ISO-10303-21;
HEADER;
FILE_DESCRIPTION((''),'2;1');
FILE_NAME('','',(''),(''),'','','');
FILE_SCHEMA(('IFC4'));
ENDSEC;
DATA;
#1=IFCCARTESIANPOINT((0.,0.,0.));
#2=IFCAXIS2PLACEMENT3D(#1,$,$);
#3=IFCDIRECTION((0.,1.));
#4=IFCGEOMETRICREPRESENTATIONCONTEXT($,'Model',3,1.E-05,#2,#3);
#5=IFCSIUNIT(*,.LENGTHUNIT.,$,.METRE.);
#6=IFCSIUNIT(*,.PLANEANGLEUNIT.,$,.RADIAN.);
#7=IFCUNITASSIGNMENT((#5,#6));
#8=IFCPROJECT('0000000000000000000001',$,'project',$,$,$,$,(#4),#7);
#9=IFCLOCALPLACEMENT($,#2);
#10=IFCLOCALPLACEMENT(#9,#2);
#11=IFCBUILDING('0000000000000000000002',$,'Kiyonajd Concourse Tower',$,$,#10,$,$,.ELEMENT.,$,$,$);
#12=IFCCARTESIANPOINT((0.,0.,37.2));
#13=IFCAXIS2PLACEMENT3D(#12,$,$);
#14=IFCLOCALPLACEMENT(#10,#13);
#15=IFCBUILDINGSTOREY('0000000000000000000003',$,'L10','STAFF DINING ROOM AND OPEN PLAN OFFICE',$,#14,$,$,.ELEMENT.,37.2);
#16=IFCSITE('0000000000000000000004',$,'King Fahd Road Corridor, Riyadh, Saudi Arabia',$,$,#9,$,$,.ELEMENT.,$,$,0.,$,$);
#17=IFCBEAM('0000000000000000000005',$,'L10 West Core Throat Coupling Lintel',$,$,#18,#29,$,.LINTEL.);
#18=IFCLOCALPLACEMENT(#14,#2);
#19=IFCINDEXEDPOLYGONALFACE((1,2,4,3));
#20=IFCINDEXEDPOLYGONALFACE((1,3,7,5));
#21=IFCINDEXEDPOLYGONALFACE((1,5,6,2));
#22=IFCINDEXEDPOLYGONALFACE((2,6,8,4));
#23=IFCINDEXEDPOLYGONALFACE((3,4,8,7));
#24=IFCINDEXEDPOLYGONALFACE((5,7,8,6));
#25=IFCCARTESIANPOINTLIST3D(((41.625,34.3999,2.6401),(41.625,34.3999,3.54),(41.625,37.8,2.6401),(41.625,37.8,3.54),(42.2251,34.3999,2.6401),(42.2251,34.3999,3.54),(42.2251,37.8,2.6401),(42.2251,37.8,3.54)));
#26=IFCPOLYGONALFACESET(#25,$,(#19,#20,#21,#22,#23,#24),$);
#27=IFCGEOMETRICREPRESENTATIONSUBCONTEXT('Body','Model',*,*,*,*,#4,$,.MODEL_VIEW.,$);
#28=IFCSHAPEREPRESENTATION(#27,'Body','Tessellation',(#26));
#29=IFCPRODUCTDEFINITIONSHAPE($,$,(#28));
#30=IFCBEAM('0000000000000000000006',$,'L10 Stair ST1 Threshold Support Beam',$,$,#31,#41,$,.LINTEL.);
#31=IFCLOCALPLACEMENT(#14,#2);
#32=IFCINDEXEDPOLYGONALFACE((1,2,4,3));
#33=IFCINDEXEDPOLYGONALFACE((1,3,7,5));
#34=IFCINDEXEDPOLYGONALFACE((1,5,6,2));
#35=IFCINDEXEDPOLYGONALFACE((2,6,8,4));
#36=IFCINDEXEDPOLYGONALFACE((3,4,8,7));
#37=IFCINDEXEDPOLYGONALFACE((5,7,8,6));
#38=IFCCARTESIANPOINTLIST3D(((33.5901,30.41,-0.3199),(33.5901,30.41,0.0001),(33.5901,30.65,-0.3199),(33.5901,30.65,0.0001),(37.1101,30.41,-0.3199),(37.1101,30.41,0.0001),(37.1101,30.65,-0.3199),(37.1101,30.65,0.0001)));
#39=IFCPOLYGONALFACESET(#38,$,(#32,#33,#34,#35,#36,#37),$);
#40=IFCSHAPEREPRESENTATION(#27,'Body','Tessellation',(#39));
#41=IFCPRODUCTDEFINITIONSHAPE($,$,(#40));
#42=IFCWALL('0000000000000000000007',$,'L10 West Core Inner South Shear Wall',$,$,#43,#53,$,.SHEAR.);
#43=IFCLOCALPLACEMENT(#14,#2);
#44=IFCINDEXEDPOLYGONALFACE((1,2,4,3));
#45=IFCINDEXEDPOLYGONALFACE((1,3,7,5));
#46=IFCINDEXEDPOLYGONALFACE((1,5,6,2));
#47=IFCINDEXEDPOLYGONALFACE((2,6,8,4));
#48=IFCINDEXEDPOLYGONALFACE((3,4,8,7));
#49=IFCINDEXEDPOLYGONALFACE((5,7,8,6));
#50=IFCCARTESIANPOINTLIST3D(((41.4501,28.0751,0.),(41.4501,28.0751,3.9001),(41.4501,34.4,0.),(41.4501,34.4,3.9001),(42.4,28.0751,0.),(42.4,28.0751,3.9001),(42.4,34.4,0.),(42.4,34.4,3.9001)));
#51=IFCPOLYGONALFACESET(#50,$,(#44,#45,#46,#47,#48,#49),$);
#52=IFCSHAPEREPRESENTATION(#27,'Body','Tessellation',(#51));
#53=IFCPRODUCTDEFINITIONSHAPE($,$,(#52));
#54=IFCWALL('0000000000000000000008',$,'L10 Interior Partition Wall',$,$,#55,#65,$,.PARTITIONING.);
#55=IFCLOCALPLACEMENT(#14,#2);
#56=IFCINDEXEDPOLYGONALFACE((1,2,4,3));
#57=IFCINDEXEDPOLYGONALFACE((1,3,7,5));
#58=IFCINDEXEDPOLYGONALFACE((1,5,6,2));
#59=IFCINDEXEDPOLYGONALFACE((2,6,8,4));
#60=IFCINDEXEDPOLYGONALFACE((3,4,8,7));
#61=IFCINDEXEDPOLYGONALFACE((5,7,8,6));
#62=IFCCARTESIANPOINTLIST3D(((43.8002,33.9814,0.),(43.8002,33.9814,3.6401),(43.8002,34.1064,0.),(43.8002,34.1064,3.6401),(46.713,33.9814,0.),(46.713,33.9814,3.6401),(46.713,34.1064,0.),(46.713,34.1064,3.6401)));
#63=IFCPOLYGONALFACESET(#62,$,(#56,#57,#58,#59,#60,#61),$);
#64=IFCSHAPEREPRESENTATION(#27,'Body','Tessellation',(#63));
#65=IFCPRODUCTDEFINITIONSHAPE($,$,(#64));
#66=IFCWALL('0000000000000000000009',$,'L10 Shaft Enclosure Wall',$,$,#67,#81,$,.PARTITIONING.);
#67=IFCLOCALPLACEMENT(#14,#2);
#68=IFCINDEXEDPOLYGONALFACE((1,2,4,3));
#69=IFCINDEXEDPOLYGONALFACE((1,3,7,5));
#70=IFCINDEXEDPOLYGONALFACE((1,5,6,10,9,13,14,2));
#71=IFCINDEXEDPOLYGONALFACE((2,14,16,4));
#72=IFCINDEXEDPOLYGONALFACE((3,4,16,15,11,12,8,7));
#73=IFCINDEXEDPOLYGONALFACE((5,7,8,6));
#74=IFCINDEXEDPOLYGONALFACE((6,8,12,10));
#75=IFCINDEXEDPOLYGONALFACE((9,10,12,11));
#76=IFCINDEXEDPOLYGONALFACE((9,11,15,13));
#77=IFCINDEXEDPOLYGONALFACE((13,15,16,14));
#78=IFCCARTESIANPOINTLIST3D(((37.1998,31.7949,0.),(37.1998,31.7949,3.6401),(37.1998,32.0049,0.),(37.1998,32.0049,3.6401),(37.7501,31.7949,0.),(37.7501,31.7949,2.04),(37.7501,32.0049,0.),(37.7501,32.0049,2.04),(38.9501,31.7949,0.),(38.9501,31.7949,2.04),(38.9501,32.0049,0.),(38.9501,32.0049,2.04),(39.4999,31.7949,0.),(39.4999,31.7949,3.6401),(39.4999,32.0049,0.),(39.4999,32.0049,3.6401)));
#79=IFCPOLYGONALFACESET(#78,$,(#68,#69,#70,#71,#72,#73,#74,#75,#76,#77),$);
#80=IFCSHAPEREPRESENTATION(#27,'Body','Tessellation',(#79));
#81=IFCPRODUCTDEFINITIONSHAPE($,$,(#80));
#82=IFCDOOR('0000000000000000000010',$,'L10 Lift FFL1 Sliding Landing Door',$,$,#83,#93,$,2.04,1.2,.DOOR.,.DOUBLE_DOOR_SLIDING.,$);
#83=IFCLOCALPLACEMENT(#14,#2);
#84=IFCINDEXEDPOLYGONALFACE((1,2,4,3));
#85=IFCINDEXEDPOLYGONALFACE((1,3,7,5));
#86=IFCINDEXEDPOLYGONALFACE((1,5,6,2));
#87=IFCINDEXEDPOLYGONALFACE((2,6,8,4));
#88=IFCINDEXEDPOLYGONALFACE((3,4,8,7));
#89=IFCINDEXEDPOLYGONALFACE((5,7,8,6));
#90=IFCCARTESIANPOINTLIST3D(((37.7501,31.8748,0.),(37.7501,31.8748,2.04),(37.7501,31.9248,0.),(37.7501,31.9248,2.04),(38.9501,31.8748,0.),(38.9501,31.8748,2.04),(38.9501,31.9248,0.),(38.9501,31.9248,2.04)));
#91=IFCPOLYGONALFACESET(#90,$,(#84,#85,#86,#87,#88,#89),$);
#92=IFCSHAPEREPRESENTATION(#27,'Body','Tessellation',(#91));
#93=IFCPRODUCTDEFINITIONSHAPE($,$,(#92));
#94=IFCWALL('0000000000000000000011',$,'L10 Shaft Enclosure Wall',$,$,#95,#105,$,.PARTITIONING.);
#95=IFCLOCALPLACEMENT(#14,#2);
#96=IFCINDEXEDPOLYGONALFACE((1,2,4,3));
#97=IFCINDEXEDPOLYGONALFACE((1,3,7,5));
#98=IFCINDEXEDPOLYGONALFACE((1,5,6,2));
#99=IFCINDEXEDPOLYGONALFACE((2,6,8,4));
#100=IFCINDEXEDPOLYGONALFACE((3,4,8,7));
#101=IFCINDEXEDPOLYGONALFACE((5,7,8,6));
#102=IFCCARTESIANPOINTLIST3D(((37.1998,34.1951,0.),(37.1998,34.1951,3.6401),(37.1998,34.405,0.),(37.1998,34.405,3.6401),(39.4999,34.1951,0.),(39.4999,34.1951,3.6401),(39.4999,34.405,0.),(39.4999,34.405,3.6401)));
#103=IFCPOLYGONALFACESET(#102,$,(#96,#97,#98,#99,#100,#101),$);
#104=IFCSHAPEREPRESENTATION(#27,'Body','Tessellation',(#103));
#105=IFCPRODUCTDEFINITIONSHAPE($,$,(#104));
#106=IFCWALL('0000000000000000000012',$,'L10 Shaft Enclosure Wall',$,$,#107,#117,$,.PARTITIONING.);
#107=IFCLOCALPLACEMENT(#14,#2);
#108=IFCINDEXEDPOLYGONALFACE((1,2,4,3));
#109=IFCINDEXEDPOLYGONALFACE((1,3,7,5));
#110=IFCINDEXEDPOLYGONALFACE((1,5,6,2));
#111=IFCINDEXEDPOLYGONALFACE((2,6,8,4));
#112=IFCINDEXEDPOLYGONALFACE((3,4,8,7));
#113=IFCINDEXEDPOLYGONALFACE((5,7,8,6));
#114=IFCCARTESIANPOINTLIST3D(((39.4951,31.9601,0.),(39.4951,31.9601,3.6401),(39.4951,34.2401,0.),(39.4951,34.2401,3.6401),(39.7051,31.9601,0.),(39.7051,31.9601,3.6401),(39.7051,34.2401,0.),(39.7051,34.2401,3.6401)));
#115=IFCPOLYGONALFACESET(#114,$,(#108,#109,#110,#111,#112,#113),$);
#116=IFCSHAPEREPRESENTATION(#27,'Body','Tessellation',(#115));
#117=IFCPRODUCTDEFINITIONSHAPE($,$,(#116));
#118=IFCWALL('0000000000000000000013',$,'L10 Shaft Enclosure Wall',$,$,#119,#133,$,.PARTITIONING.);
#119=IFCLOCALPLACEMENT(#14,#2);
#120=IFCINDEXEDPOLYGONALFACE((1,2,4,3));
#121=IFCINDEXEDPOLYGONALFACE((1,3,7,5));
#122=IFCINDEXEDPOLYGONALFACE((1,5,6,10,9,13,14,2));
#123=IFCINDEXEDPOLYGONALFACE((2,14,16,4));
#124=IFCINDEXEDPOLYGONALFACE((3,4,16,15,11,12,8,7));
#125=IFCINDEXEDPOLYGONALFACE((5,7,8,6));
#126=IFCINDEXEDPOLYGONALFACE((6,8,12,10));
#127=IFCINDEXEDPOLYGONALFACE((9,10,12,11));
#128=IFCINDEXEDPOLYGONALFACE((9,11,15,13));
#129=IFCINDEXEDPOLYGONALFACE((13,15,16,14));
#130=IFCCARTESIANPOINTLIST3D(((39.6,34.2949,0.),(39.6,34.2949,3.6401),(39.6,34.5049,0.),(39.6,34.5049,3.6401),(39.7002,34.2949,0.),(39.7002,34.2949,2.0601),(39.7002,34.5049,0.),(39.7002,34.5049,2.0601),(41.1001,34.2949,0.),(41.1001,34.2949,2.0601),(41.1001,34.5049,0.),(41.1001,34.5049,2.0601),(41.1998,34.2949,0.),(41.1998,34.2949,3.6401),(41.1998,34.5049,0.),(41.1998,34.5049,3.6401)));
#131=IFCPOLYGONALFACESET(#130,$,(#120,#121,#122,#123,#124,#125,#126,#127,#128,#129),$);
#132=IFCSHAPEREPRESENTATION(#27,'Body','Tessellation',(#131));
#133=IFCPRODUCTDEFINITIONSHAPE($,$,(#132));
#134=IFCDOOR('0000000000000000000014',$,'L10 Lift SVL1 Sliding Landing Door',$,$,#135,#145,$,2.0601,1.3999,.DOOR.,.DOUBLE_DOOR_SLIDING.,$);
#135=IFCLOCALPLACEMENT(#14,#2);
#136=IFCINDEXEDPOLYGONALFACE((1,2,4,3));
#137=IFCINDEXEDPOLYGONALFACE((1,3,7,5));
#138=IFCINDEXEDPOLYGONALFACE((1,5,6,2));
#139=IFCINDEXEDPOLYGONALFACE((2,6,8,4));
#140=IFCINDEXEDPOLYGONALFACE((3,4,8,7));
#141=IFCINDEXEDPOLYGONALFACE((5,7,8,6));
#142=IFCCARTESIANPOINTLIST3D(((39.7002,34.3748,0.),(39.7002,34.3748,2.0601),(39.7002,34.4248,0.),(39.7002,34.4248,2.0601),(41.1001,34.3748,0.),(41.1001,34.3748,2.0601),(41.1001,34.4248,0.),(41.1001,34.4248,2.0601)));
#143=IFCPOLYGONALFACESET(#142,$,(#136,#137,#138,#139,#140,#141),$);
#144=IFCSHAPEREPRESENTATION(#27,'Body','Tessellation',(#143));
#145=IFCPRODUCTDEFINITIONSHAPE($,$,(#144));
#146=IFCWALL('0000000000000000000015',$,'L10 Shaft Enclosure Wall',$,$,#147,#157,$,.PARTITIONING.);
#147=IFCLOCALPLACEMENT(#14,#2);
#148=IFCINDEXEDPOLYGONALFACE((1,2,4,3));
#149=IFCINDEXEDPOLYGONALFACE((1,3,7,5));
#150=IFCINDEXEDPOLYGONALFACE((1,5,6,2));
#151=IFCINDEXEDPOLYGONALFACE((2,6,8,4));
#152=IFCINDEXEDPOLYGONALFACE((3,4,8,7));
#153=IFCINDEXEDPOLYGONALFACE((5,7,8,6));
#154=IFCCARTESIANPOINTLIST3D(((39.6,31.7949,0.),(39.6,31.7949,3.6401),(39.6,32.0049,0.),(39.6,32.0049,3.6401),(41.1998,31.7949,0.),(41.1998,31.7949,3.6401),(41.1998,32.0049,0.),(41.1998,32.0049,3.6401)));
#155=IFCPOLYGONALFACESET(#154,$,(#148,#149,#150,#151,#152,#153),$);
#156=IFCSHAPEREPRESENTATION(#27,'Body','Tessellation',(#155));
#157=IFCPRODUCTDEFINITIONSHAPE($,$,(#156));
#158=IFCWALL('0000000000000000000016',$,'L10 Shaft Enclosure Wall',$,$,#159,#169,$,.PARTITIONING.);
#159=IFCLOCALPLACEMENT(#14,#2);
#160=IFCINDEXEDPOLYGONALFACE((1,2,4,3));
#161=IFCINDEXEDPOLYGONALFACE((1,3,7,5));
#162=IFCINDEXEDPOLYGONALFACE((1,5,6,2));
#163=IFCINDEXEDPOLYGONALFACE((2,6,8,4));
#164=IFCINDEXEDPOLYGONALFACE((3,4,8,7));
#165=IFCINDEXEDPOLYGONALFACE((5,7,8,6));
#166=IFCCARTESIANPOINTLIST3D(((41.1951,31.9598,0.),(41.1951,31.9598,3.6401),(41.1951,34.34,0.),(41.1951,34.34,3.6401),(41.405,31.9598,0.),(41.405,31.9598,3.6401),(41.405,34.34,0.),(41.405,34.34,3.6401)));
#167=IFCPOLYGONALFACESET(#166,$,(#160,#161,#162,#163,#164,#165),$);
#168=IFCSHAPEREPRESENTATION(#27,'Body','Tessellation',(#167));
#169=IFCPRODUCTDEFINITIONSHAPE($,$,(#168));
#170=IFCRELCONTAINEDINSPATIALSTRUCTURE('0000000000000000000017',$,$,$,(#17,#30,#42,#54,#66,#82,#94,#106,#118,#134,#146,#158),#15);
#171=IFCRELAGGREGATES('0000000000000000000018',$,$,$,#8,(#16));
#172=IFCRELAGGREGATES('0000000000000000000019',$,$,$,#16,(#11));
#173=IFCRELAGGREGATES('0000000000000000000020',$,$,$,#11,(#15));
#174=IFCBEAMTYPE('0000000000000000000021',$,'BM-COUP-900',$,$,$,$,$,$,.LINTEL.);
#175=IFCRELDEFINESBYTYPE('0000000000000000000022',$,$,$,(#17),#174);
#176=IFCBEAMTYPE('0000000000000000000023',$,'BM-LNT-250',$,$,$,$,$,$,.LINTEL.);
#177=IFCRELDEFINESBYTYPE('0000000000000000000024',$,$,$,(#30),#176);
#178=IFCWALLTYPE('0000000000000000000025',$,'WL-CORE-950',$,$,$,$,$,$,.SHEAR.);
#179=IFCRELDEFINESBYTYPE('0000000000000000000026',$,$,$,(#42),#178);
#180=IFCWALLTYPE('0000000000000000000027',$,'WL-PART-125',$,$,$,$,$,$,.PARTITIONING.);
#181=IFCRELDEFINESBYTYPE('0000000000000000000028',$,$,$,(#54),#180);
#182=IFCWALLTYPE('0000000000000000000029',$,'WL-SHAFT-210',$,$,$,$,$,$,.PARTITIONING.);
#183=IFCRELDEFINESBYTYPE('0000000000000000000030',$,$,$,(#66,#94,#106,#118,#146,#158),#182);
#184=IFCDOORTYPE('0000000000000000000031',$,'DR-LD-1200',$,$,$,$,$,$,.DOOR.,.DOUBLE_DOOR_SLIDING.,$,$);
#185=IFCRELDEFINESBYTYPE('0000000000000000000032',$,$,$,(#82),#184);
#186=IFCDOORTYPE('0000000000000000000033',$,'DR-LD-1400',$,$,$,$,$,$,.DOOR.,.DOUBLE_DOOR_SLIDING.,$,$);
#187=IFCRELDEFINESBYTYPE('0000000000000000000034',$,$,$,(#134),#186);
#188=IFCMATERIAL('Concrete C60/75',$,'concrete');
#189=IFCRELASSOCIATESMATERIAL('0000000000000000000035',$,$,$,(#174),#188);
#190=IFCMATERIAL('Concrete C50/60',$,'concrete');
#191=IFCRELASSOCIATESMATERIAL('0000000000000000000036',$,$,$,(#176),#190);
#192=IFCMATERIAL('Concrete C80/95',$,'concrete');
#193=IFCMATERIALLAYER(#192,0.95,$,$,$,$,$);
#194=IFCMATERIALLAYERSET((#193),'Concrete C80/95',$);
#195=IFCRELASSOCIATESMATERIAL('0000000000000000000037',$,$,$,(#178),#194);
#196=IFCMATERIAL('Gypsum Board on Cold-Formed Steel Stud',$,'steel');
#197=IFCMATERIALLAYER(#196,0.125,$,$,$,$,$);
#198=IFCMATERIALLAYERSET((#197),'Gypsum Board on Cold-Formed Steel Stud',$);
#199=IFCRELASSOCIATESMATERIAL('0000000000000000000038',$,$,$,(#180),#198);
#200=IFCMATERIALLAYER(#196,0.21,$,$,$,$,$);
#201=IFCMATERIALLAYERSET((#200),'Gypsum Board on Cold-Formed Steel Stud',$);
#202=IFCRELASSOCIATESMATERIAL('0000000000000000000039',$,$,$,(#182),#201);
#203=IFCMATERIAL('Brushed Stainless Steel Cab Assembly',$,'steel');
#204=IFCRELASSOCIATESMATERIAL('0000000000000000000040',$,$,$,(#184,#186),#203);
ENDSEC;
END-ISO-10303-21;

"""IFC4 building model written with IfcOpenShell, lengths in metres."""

from ifc_helpers import new_model, si_unit, direction, frame, frame_2d, origin, origin_2d, place, context, subcontext, project, spatial, rectangle, extrude, material, layer, layer_set, material_profile, profile_set, type_object, element, fill, save


model = new_model("IFC4")

# Units and contexts
model_context = context("Model", 3, precision=1e-05, world=origin(), true_north=direction((0.0, 1.0)))
body_context = subcontext(model_context, "Body", "Model", "MODEL_VIEW")
ifc_project = project(units=[si_unit("LENGTHUNIT", "METRE"), si_unit("PLANEANGLEUNIT", "RADIAN")], contexts=[model_context])

# Site, building, storey
site_placement = place(None, origin())
site = spatial("IfcSite", under=ifc_project, at=site_placement, Name="King Fahd Road Corridor, Riyadh, Saudi Arabia", CompositionType="ELEMENT", RefElevation=0.0)
building_placement = place(site_placement, origin())
building = spatial("IfcBuilding", under=site, at=building_placement, Name="Kiyonajd Concourse Tower", CompositionType="ELEMENT")
storey_placement = place(building_placement, frame((0.0, 0.0, 37.2)))
storey = spatial("IfcBuildingStorey", under=building, at=storey_placement, Name="L10", Description="STAFF DINING ROOM AND OPEN PLAN OFFICE", CompositionType="ELEMENT", Elevation=37.2)

# Beams
ifc_material_1 = material(Name="Concrete C60/75", Category="concrete")
ifc_material_profile_1 = material_profile(ifc_material_1, rectangle(XDim=0.6001, YDim=0.8999, at=origin_2d()), Name="RCBM-600x900")
ifc_profile_set_1 = profile_set([ifc_material_profile_1], Name="Concrete C60/75")
beam_type_1 = type_object("IfcBeamType", Name="BM-COUP-900", PredefinedType="LINTEL", material=ifc_profile_set_1)
beam_1_placement = place(storey_placement, frame((41.925, 34.3999, 3.0901), z_axis=(0.0, 1.0, 0.0), x_axis=(-1.0, 0.0, 0.0)))
element("IfcBeam", 1, at=beam_1_placement, inside=storey, type_object=beam_type_1, Name="L10 West Core Throat Coupling Lintel", PredefinedType="LINTEL", context=body_context, shape_type="SweptSolid", body=[
    extrude(rectangle(XDim=0.6001, YDim=0.8999, at=origin_2d()), origin(), (0.0, 0.0, 1.0), 3.4001),
])
ifc_material_2 = material(Name="Concrete C50/60", Category="concrete")
ifc_material_profile_2 = material_profile(ifc_material_2, rectangle(XDim=0.24, YDim=0.3201, at=origin_2d()), Name="RCBM-240x320")
ifc_profile_set_2 = profile_set([ifc_material_profile_2], Name="Concrete C50/60")
beam_type_2 = type_object("IfcBeamType", Name="BM-LNT-250", PredefinedType="LINTEL", material=ifc_profile_set_2)
beam_2_placement = place(storey_placement, frame((33.5901, 30.53, -0.1599), z_axis=(1.0, 0.0, 0.0), x_axis=(0.0, 1.0, 0.0)))
element("IfcBeam", 2, at=beam_2_placement, inside=storey, type_object=beam_type_2, Name="L10 Stair ST1 Threshold Support Beam", PredefinedType="LINTEL", context=body_context, shape_type="SweptSolid", body=[
    extrude(rectangle(XDim=0.24, YDim=0.3201, at=origin_2d()), origin(), (0.0, 0.0, 1.0), 3.52),
])

# Walls
ifc_material_3 = material(Name="Concrete C80/95", Category="concrete")
ifc_layer_1 = layer(ifc_material_3, 0.95)
ifc_layer_set_1 = layer_set([ifc_layer_1], Name="Concrete C80/95")
wall_type_1 = type_object("IfcWallType", Name="WL-CORE-950", PredefinedType="SHEAR", material=ifc_layer_set_1)
wall_1_placement = place(storey_placement, frame((41.925, 28.075, 0.0), z_axis=(0.0, 0.0, 1.0), x_axis=(0.0, 1.0, 0.0)))
element("IfcWall", 3, at=wall_1_placement, inside=storey, type_object=wall_type_1, Name="L10 West Core Inner South Shear Wall", PredefinedType="SHEAR", context=body_context, shape_type="SweptSolid", body=[
    extrude(rectangle(XDim=6.325, YDim=0.95, at=frame_2d((3.1626, 0.0))), origin(), (0.0, 0.0, 1.0), 3.9001),
])
ifc_material_4 = material(Name="Gypsum Board on Cold-Formed Steel Stud", Category="steel")
ifc_layer_2 = layer(ifc_material_4, 0.125)
ifc_layer_set_2 = layer_set([ifc_layer_2], Name="Gypsum Board on Cold-Formed Steel Stud")
wall_type_2 = type_object("IfcWallType", Name="WL-PART-125", PredefinedType="PARTITIONING", material=ifc_layer_set_2)
wall_2_placement = place(storey_placement, frame((43.8, 34.0439, 0.0), z_axis=(0.0, 0.0, 1.0), x_axis=(1.0, 0.0, 0.0)))
element("IfcWall", 4, at=wall_2_placement, inside=storey, type_object=wall_type_2, Name="L10 Interior Partition Wall", PredefinedType="PARTITIONING", context=body_context, shape_type="SweptSolid", body=[
    extrude(rectangle(XDim=2.9128, YDim=0.125, at=frame_2d((1.4565, 0.0))), origin(), (0.0, 0.0, 1.0), 3.6401),
])

# Wall, opening, door
ifc_layer_3 = layer(ifc_material_4, 0.21)
ifc_layer_set_3 = layer_set([ifc_layer_3], Name="Gypsum Board on Cold-Formed Steel Stud")
wall_type_3 = type_object("IfcWallType", Name="WL-SHAFT-210", PredefinedType="PARTITIONING", material=ifc_layer_set_3)
wall_3_placement = place(storey_placement, frame((37.2, 31.8999, 0.0), z_axis=(0.0, 0.0, 1.0), x_axis=(1.0, 0.0, 0.0)))
wall_3 = element("IfcWall", 5, at=wall_3_placement, inside=storey, type_object=wall_type_3, Name="L10 Shaft Enclosure Wall", PredefinedType="PARTITIONING", context=body_context, shape_type="SweptSolid", body=[
    extrude(rectangle(XDim=2.3, YDim=0.21, at=frame_2d((1.1499, 0.0))), origin(), (0.0, 0.0, 1.0), 3.6401),
])
opening_1_placement = place(wall_3_placement, frame((0.55, 0.0, 0.0)))
opening_1 = element("IfcOpeningElement", 6, at=opening_1_placement, cuts=wall_3, PredefinedType="OPENING", context=body_context, shape_type="SweptSolid", body=[
    extrude(rectangle(XDim=1.2, YDim=2.04, at=frame_2d((0.6001, 1.02))), frame((0.0, 0.115, 0.0), z_axis=(0.0, -1.0, 0.0), x_axis=(1.0, 0.0, 0.0)), (0.0, 0.0, 1.0), 0.23),
])
ifc_material_5 = material(Name="Brushed Stainless Steel Cab Assembly", Category="steel")
door_type_1 = type_object("IfcDoorType", Name="DR-LD-1200", OperationType="DOUBLE_DOOR_SLIDING", PredefinedType="DOOR", material=ifc_material_5)
door_1_placement = place(opening_1_placement, origin())
door_1 = element("IfcDoor", 7, at=door_1_placement, inside=storey, type_object=door_type_1, Name="L10 Lift FFL1 Sliding Landing Door", OperationType="DOUBLE_DOOR_SLIDING", OverallHeight=2.04, OverallWidth=1.2, PredefinedType="DOOR", context=body_context, shape_type="SweptSolid", body=[
    extrude(rectangle(XDim=1.2, YDim=2.04, at=frame_2d((0.6001, 1.02))), frame((0.0, 0.0249, 0.0), z_axis=(0.0, -1.0, 0.0), x_axis=(1.0, 0.0, 0.0)), (0.0, 0.0, 1.0), 0.05),
])
fill(opening_1, door_1)

# Walls
wall_4_placement = place(storey_placement, frame((37.2, 34.3, 0.0), z_axis=(0.0, 0.0, 1.0), x_axis=(1.0, 0.0, 0.0)))
element("IfcWall", 8, at=wall_4_placement, inside=storey, type_object=wall_type_3, Name="L10 Shaft Enclosure Wall", PredefinedType="PARTITIONING", context=body_context, shape_type="SweptSolid", body=[
    extrude(rectangle(XDim=2.3, YDim=0.21, at=frame_2d((1.1499, 0.0))), origin(), (0.0, 0.0, 1.0), 3.6401),
])
wall_5_placement = place(storey_placement, frame((39.6001, 31.96, 0.0), z_axis=(0.0, 0.0, 1.0), x_axis=(0.0, 1.0, 0.0)))
element("IfcWall", 9, at=wall_5_placement, inside=storey, type_object=wall_type_3, Name="L10 Shaft Enclosure Wall", PredefinedType="PARTITIONING", context=body_context, shape_type="SweptSolid", body=[
    extrude(rectangle(XDim=2.28, YDim=0.21, at=frame_2d((1.1401, 0.0))), origin(), (0.0, 0.0, 1.0), 3.6401),
])

# Wall, opening, door
wall_6_placement = place(storey_placement, frame((39.6001, 34.3999, 0.0), z_axis=(0.0, 0.0, 1.0), x_axis=(1.0, 0.0, 0.0)))
wall_6 = element("IfcWall", 10, at=wall_6_placement, inside=storey, type_object=wall_type_3, Name="L10 Shaft Enclosure Wall", PredefinedType="PARTITIONING", context=body_context, shape_type="SweptSolid", body=[
    extrude(rectangle(XDim=1.5999, YDim=0.21, at=frame_2d((0.7998, 0.0))), origin(), (0.0, 0.0, 1.0), 3.6401),
])
opening_2_placement = place(wall_6_placement, frame((0.1001, 0.0, 0.0)))
opening_2 = element("IfcOpeningElement", 11, at=opening_2_placement, cuts=wall_6, PredefinedType="OPENING", context=body_context, shape_type="SweptSolid", body=[
    extrude(rectangle(XDim=1.3999, YDim=2.0601, at=frame_2d((0.7, 1.03))), frame((0.0, 0.115, 0.0), z_axis=(0.0, -1.0, 0.0), x_axis=(1.0, 0.0, 0.0)), (0.0, 0.0, 1.0), 0.23),
])
door_type_2 = type_object("IfcDoorType", Name="DR-LD-1400", OperationType="DOUBLE_DOOR_SLIDING", PredefinedType="DOOR", material=ifc_material_5)
door_2_placement = place(opening_2_placement, origin())
door_2 = element("IfcDoor", 12, at=door_2_placement, inside=storey, type_object=door_type_2, Name="L10 Lift SVL1 Sliding Landing Door", OperationType="DOUBLE_DOOR_SLIDING", OverallHeight=2.0601, OverallWidth=1.3999, PredefinedType="DOOR", context=body_context, shape_type="SweptSolid", body=[
    extrude(rectangle(XDim=1.3999, YDim=2.0601, at=frame_2d((0.7, 1.03))), frame((0.0, 0.0249, 0.0), z_axis=(0.0, -1.0, 0.0), x_axis=(1.0, 0.0, 0.0)), (0.0, 0.0, 1.0), 0.05),
])
fill(opening_2, door_2)

# Walls
wall_7_placement = place(storey_placement, frame((39.6001, 31.8999, 0.0), z_axis=(0.0, 0.0, 1.0), x_axis=(1.0, 0.0, 0.0)))
element("IfcWall", 13, at=wall_7_placement, inside=storey, type_object=wall_type_3, Name="L10 Shaft Enclosure Wall", PredefinedType="PARTITIONING", context=body_context, shape_type="SweptSolid", body=[
    extrude(rectangle(XDim=1.5999, YDim=0.21, at=frame_2d((0.7998, 0.0))), origin(), (0.0, 0.0, 1.0), 3.6401),
])
wall_8_placement = place(storey_placement, frame((41.3, 31.96, 0.0), z_axis=(0.0, 0.0, 1.0), x_axis=(0.0, 1.0, 0.0)))
element("IfcWall", 14, at=wall_8_placement, inside=storey, type_object=wall_type_3, Name="L10 Shaft Enclosure Wall", PredefinedType="PARTITIONING", context=body_context, shape_type="SweptSolid", body=[
    extrude(rectangle(XDim=2.3801, YDim=0.21, at=frame_2d((1.1899, 0.0))), origin(), (0.0, 0.0, 1.0), 3.6401),
])

save(model, "model.ifc")
